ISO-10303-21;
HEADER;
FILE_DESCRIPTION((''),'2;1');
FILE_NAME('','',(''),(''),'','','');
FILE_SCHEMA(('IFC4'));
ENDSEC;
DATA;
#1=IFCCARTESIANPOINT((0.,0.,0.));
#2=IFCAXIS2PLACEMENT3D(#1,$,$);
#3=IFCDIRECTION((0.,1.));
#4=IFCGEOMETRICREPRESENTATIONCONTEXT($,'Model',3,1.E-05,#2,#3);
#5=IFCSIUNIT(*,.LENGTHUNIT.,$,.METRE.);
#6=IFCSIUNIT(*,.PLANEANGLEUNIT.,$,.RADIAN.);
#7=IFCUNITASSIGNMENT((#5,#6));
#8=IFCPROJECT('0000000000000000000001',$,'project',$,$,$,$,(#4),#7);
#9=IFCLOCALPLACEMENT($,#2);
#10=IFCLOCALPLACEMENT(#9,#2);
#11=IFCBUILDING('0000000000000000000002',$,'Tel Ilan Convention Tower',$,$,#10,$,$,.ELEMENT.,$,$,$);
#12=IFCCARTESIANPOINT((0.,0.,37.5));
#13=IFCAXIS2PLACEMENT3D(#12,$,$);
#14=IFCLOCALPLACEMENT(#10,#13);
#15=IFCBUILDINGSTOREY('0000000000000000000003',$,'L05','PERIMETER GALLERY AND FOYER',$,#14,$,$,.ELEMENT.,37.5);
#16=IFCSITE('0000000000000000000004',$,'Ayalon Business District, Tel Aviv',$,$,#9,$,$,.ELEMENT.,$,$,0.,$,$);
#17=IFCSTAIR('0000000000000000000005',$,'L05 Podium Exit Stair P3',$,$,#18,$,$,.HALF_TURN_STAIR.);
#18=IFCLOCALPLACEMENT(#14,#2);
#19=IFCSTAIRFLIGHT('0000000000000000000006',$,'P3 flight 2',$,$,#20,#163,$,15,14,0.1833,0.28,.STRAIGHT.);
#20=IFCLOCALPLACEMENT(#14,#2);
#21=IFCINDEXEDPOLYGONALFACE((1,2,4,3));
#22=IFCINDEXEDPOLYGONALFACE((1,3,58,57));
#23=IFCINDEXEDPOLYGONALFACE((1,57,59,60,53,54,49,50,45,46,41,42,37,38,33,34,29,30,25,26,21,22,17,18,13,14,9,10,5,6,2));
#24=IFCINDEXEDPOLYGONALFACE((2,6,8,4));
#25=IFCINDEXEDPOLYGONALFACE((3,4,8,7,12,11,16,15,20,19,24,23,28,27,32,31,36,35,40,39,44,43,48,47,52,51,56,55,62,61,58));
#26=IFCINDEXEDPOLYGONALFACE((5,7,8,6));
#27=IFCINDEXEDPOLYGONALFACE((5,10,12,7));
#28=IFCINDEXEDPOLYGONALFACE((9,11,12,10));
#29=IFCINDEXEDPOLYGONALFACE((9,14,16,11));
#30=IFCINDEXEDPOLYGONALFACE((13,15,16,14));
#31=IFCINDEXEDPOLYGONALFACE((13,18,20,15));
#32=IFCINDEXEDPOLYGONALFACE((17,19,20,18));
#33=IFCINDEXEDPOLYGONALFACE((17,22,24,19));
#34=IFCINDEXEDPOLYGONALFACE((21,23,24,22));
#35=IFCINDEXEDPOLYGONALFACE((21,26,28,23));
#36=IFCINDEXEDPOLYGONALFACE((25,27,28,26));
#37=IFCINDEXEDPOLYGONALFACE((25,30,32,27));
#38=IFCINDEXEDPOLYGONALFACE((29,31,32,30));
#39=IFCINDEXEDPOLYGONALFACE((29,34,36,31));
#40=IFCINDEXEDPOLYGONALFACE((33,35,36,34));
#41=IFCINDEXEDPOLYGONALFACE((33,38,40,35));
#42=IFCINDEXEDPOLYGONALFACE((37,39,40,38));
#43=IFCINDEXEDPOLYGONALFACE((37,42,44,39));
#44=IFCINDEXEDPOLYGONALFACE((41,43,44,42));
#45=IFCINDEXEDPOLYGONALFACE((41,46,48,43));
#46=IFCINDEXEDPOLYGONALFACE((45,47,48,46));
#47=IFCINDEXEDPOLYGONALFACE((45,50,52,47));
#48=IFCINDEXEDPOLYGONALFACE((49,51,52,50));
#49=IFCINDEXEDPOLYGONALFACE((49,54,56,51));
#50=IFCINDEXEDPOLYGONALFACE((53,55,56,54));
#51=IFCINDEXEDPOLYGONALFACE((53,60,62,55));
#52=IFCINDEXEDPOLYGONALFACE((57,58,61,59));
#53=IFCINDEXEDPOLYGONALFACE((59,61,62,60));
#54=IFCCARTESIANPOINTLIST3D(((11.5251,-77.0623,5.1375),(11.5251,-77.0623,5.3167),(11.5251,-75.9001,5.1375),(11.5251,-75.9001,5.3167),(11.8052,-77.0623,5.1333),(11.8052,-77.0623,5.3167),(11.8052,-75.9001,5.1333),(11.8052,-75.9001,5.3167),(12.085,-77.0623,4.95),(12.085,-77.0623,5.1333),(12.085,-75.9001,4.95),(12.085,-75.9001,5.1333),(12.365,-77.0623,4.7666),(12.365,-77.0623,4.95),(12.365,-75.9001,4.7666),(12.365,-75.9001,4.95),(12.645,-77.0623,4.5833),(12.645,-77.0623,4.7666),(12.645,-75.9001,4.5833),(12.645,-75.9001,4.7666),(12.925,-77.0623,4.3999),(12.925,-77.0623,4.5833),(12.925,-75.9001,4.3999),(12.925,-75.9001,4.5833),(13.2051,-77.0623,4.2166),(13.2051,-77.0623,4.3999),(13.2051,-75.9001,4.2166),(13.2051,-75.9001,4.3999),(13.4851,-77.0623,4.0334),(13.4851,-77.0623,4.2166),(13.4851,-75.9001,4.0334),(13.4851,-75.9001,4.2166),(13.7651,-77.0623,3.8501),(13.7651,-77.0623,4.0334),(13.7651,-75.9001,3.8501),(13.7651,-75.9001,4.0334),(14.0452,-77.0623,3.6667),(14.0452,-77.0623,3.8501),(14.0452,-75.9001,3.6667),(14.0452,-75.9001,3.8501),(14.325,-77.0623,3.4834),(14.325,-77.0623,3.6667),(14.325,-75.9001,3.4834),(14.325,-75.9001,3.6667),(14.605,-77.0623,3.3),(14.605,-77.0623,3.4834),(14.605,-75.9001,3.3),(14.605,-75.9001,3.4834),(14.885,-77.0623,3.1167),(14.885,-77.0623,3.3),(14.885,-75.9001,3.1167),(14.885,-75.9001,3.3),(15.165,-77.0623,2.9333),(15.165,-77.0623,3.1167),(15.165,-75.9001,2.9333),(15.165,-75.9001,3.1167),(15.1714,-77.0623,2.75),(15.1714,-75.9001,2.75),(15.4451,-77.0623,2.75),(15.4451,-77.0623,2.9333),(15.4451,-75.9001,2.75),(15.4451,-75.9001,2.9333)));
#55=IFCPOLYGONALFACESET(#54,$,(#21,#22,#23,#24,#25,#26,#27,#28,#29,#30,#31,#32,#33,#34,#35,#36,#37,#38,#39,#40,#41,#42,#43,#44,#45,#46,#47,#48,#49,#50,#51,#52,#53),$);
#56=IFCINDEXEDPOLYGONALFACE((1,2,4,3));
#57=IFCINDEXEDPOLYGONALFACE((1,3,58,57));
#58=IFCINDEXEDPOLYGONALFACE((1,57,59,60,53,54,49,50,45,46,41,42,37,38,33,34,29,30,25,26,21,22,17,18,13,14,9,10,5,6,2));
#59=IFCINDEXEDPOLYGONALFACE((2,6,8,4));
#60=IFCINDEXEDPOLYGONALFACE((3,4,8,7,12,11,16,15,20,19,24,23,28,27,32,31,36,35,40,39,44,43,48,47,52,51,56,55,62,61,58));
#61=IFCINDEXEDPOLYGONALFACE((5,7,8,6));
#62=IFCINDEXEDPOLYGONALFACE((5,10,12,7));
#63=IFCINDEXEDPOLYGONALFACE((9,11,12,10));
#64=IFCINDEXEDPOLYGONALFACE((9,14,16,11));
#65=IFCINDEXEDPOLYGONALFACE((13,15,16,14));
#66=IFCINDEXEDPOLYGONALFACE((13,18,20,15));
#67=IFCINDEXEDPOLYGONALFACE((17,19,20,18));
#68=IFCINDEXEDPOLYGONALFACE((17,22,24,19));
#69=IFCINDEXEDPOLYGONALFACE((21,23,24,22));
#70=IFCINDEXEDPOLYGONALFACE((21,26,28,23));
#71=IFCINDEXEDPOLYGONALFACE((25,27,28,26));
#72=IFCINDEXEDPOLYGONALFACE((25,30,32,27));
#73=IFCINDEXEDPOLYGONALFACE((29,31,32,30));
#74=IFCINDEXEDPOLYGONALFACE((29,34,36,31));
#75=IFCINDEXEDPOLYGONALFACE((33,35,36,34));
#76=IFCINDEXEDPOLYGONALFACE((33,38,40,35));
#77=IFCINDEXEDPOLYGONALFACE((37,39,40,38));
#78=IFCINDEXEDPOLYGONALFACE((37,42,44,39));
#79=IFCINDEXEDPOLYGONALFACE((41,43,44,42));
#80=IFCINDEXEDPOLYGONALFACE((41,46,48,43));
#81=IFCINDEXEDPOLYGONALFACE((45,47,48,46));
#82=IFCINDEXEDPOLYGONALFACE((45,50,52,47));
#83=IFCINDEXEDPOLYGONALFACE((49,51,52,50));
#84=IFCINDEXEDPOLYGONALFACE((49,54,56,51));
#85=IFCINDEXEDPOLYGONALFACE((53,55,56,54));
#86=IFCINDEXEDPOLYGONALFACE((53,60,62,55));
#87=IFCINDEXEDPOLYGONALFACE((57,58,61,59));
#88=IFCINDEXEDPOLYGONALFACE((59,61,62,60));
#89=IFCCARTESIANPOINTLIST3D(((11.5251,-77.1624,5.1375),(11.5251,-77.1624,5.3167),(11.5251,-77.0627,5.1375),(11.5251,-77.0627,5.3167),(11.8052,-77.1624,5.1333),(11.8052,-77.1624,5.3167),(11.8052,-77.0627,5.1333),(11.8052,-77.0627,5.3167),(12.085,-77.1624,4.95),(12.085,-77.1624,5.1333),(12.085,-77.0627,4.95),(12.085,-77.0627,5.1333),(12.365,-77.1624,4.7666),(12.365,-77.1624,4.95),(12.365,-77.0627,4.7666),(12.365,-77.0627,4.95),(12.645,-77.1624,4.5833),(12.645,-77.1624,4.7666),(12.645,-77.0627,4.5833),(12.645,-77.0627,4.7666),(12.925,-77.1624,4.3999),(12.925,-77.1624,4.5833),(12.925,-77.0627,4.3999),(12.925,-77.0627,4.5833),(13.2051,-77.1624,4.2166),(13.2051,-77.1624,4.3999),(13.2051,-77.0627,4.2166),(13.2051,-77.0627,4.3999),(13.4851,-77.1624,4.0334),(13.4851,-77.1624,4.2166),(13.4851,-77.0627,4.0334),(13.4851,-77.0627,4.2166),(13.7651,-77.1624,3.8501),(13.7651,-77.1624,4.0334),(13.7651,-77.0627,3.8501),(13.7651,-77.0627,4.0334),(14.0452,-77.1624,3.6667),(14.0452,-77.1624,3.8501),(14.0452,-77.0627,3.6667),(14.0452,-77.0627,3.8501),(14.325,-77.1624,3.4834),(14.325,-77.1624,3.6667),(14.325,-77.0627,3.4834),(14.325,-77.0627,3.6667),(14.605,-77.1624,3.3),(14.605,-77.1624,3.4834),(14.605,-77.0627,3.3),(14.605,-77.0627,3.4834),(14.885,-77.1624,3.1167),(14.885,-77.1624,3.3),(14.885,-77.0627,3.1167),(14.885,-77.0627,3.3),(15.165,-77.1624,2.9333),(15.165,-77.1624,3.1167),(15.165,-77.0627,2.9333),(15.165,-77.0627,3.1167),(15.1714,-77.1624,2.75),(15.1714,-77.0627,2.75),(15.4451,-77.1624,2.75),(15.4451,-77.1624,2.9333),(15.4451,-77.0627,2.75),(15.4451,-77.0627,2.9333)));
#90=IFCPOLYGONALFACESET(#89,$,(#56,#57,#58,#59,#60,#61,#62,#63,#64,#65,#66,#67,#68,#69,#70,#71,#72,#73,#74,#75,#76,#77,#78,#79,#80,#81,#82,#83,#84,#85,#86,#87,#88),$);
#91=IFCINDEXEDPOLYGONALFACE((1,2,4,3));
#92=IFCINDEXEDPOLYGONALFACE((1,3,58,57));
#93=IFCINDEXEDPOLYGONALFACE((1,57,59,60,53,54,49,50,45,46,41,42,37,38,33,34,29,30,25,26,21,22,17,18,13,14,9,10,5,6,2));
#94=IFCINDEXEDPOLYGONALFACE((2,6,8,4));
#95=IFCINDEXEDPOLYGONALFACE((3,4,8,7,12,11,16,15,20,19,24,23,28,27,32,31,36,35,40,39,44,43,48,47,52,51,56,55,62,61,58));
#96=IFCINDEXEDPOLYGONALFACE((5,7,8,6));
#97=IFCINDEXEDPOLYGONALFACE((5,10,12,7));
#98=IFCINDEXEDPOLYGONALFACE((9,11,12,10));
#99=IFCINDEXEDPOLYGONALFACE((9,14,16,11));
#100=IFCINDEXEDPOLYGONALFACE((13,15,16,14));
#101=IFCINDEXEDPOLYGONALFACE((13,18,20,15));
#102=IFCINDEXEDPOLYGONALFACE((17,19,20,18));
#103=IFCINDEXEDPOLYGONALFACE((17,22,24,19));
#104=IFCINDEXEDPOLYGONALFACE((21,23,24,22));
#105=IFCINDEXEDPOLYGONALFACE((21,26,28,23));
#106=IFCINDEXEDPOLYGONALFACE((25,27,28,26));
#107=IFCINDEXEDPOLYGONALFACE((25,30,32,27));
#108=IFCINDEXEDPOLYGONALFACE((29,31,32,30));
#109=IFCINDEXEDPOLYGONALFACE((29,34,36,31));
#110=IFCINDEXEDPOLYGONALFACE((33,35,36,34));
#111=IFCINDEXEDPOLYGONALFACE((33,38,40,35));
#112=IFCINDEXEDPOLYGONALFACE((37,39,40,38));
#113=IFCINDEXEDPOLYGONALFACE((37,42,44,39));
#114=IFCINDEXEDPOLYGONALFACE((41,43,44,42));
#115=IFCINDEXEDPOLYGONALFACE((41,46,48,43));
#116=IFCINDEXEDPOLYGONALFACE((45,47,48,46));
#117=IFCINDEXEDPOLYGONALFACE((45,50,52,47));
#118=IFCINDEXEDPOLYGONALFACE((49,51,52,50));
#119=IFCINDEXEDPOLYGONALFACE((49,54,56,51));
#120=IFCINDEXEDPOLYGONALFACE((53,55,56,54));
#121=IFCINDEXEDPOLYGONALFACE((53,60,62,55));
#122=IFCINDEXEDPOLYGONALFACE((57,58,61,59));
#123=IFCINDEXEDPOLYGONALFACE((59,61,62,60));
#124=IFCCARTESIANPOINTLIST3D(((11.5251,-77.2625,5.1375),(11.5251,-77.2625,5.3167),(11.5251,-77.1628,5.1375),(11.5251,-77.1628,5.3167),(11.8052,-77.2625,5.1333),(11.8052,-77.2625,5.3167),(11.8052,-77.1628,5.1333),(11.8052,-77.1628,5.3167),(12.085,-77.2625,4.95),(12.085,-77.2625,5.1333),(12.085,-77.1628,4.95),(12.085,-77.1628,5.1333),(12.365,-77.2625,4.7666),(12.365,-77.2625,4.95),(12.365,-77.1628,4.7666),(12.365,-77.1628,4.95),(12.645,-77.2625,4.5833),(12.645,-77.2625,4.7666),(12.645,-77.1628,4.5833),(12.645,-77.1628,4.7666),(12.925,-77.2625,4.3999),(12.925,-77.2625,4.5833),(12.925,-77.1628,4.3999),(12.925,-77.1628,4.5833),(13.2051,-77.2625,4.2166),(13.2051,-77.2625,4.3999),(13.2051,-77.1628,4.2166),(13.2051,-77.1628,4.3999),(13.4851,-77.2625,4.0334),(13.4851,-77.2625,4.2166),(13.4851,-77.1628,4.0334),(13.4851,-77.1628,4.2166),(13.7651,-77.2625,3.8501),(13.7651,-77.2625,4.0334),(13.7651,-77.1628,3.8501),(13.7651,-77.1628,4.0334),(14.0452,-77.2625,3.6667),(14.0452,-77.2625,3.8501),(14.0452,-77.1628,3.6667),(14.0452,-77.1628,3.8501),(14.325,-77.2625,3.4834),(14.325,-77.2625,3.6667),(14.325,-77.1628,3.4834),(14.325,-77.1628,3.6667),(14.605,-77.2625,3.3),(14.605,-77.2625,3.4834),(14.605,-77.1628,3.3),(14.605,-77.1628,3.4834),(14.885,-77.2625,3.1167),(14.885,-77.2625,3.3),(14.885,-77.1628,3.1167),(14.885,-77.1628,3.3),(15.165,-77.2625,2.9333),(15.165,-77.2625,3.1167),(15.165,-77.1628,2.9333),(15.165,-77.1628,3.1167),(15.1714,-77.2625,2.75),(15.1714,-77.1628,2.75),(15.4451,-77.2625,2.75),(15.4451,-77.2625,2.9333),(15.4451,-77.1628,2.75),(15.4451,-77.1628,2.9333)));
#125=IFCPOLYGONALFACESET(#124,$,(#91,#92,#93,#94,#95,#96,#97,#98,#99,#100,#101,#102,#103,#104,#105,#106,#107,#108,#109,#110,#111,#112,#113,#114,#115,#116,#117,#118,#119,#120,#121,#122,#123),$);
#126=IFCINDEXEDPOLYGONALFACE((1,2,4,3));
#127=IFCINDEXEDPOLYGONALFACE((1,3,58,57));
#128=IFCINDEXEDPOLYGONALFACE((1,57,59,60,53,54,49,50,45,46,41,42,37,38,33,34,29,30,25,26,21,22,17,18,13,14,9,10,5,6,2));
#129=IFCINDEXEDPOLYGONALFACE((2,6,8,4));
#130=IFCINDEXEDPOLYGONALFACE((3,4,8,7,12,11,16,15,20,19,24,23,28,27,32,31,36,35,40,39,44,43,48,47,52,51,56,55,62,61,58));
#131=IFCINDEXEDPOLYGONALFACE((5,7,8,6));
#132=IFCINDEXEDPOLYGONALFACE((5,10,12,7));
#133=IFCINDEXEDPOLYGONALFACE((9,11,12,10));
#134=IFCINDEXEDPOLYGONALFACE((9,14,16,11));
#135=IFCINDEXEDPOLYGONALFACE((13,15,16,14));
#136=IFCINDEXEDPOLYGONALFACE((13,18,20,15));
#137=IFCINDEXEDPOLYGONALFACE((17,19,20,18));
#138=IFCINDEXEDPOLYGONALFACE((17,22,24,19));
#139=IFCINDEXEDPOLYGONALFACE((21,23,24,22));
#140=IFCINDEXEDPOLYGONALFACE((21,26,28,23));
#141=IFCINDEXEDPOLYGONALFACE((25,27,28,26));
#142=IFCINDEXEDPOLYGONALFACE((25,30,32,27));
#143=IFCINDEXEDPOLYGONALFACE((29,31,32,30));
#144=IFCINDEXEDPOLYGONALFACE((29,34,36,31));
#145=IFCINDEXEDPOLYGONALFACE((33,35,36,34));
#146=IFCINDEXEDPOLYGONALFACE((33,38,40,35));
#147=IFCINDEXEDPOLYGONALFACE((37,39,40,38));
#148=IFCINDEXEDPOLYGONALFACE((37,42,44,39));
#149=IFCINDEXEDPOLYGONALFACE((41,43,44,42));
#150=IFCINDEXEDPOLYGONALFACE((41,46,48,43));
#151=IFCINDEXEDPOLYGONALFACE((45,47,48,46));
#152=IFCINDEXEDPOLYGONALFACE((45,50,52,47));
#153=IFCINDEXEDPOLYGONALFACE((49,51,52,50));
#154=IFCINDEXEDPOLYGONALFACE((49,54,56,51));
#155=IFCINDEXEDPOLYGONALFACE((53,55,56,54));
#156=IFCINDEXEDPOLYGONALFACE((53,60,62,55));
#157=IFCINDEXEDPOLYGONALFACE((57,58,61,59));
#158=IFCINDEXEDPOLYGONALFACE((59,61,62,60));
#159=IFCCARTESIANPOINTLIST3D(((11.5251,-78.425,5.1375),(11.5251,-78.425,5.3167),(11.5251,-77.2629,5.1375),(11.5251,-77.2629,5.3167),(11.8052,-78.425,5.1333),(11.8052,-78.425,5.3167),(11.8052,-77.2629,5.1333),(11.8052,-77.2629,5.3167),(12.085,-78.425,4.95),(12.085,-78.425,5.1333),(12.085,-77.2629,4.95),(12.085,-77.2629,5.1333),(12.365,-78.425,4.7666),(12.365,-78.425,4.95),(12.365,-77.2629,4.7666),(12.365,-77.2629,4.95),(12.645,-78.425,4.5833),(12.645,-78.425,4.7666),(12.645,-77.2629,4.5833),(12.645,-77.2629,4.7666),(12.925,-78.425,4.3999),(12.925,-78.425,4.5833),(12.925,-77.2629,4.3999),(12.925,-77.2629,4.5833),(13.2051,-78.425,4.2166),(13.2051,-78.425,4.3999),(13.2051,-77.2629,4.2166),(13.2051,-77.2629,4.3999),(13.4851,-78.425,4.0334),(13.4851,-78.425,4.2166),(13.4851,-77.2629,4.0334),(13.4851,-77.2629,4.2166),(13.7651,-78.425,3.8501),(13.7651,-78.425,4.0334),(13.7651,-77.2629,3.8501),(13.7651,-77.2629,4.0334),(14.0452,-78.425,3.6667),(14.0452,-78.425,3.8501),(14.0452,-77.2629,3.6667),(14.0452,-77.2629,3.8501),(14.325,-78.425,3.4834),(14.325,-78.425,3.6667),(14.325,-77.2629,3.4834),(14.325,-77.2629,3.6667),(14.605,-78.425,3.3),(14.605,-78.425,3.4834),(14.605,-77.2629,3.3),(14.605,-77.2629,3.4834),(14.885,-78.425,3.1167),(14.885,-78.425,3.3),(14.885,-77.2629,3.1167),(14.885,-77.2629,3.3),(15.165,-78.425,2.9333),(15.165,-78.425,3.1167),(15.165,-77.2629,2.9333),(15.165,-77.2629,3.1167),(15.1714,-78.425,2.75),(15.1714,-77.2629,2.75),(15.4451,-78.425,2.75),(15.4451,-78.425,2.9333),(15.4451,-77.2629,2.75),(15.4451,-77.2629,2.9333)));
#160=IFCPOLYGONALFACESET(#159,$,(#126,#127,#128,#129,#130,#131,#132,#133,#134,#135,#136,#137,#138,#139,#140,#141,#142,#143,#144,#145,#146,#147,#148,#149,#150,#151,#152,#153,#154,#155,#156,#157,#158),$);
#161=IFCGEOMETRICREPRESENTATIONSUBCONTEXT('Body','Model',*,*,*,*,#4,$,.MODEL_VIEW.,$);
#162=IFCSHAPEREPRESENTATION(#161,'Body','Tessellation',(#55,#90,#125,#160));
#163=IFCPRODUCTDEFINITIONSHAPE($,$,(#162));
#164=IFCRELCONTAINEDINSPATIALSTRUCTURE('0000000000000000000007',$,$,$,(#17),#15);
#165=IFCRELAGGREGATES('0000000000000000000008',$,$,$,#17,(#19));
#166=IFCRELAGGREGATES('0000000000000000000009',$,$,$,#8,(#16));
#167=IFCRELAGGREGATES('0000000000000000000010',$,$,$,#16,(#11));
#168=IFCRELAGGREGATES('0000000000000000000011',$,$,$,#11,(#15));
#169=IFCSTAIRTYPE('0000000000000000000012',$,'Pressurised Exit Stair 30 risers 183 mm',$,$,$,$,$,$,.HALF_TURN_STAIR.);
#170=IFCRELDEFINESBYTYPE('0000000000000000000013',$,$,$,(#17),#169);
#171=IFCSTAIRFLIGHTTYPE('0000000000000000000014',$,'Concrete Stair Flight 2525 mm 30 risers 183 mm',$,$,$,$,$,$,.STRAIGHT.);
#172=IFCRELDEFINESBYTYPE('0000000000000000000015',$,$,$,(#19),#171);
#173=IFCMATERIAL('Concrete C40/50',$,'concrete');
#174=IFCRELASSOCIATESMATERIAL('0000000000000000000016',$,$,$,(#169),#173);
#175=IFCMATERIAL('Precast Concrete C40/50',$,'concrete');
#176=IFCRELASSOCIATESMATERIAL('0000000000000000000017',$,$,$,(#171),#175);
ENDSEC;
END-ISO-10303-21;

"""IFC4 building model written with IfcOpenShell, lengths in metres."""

from ifc_helpers import new_model, si_unit, direction, frame, origin, place, context, subcontext, project, spatial, polyline, outline, extrude, material, type_object, element, aggregate, save


model = new_model("IFC4")

# Units and contexts
model_context = context("Model", 3, precision=1e-05, world=origin(), true_north=direction((0.0, 1.0)))
body_context = subcontext(model_context, "Body", "Model", "MODEL_VIEW")
ifc_project = project(units=[si_unit("LENGTHUNIT", "METRE"), si_unit("PLANEANGLEUNIT", "RADIAN")], contexts=[model_context])

# Site, building, storey
site_placement = place(None, origin())
site = spatial("IfcSite", under=ifc_project, at=site_placement, Name="Ayalon Business District, Tel Aviv", CompositionType="ELEMENT", RefElevation=0.0)
building_placement = place(site_placement, origin())
building = spatial("IfcBuilding", under=site, at=building_placement, Name="Tel Ilan Convention Tower", CompositionType="ELEMENT")
storey_placement = place(building_placement, frame((0.0, 0.0, 37.5)))
storey = spatial("IfcBuildingStorey", under=building, at=storey_placement, Name="L05", Description="PERIMETER GALLERY AND FOYER", CompositionType="ELEMENT", Elevation=37.5)

# Stair, stair flight
ifc_material_1 = material(Name="Concrete C40/50", Category="concrete")
stair_type = type_object("IfcStairType", Name="Pressurised Exit Stair 30 risers 183 mm", PredefinedType="HALF_TURN_STAIR", material=ifc_material_1)
stair_placement = place(storey_placement, origin())
stair = element("IfcStair", 1, at=stair_placement, inside=storey, type_object=stair_type, Name="L05 Podium Exit Stair P3", PredefinedType="HALF_TURN_STAIR")
ifc_material_2 = material(Name="Precast Concrete C40/50", Category="concrete")
stair_flight_type = type_object("IfcStairFlightType", Name="Concrete Stair Flight 2525 mm 30 risers 183 mm", PredefinedType="STRAIGHT", material=ifc_material_2)
stair_flight_placement = place(storey_placement, frame((15.4451, -77.1626, 2.75), z_axis=(0.0, 0.0, 1.0), x_axis=(-1.0, 0.0, 0.0)))
stair_flight = element("IfcStairFlight", 2, at=stair_flight_placement, type_object=stair_flight_type, Name="P3 flight 2", NumberOfRisers=15, NumberOfTreads=14, PredefinedType="STRAIGHT", RiserHeight=0.1833, TreadLength=0.28, context=body_context, shape_type="SweptSolid", body=[
    extrude(outline(polyline([(0.0, 0.0), (0.0, 0.1833), (0.28, 0.1833), (0.28, 0.3667), (0.5601, 0.3667), (0.5601, 0.55), (0.8401, 0.55), (0.8401, 0.7334), (1.1201, 0.7334), (1.1201, 0.9167), (1.3999, 0.9167), (1.3999, 1.1001), (1.6799, 1.1001), (1.6799, 1.2834), (1.96, 1.2834), (1.96, 1.4666), (2.24, 1.4666), (2.24, 1.6499), (2.52, 1.6499), (2.52, 1.8333), (2.8, 1.8333), (2.8, 2.0166), (3.0801, 2.0166), (3.0801, 2.2), (3.3601, 2.2), (3.3601, 2.3833), (3.6399, 2.3833), (3.6399, 2.5667), (3.9199, 2.5667), (3.9199, 2.75), (3.9199, 2.3875), (0.2737, 0.0), (0.0, 0.0)])), frame((0.0, -0.1003, 0.0), z_axis=(0.0, -1.0, 0.0), x_axis=(1.0, 0.0, 0.0)), (0.0, 0.0, 1.0), 1.1621),
    extrude(outline(polyline([(0.0, 0.0), (0.0, 0.1833), (0.28, 0.1833), (0.28, 0.3667), (0.5601, 0.3667), (0.5601, 0.55), (0.8401, 0.55), (0.8401, 0.7334), (1.1201, 0.7334), (1.1201, 0.9167), (1.3999, 0.9167), (1.3999, 1.1001), (1.6799, 1.1001), (1.6799, 1.2834), (1.96, 1.2834), (1.96, 1.4666), (2.24, 1.4666), (2.24, 1.6499), (2.52, 1.6499), (2.52, 1.8333), (2.8, 1.8333), (2.8, 2.0166), (3.0801, 2.0166), (3.0801, 2.2), (3.3601, 2.2), (3.3601, 2.3833), (3.6399, 2.3833), (3.6399, 2.5667), (3.9199, 2.5667), (3.9199, 2.75), (3.9199, 2.3875), (0.2737, 0.0), (0.0, 0.0)])), frame((0.0, -0.0002, 0.0), z_axis=(0.0, -1.0, 0.0), x_axis=(1.0, 0.0, 0.0)), (0.0, 0.0, 1.0), 0.0996),
    extrude(outline(polyline([(0.0, 0.0), (0.0, 0.1833), (0.28, 0.1833), (0.28, 0.3667), (0.5601, 0.3667), (0.5601, 0.55), (0.8401, 0.55), (0.8401, 0.7334), (1.1201, 0.7334), (1.1201, 0.9167), (1.3999, 0.9167), (1.3999, 1.1001), (1.6799, 1.1001), (1.6799, 1.2834), (1.96, 1.2834), (1.96, 1.4666), (2.24, 1.4666), (2.24, 1.6499), (2.52, 1.6499), (2.52, 1.8333), (2.8, 1.8333), (2.8, 2.0166), (3.0801, 2.0166), (3.0801, 2.2), (3.3601, 2.2), (3.3601, 2.3833), (3.6399, 2.3833), (3.6399, 2.5667), (3.9199, 2.5667), (3.9199, 2.75), (3.9199, 2.3875), (0.2737, 0.0), (0.0, 0.0)])), frame((0.0, 0.0999, 0.0), z_axis=(0.0, -1.0, 0.0), x_axis=(1.0, 0.0, 0.0)), (0.0, 0.0, 1.0), 0.0996),
    extrude(outline(polyline([(0.0, 0.0), (0.0, 0.1833), (0.28, 0.1833), (0.28, 0.3667), (0.5601, 0.3667), (0.5601, 0.55), (0.8401, 0.55), (0.8401, 0.7334), (1.1201, 0.7334), (1.1201, 0.9167), (1.3999, 0.9167), (1.3999, 1.1001), (1.6799, 1.1001), (1.6799, 1.2834), (1.96, 1.2834), (1.96, 1.4666), (2.24, 1.4666), (2.24, 1.6499), (2.52, 1.6499), (2.52, 1.8333), (2.8, 1.8333), (2.8, 2.0166), (3.0801, 2.0166), (3.0801, 2.2), (3.3601, 2.2), (3.3601, 2.3833), (3.6399, 2.3833), (3.6399, 2.5667), (3.9199, 2.5667), (3.9199, 2.75), (3.9199, 2.3875), (0.2737, 0.0), (0.0, 0.0)])), frame((0.0, 1.2625, 0.0), z_axis=(0.0, -1.0, 0.0), x_axis=(1.0, 0.0, 0.0)), (0.0, 0.0, 1.0), 1.1621),
])
aggregate(stair, [stair_flight])

save(model, "model.ifc")
